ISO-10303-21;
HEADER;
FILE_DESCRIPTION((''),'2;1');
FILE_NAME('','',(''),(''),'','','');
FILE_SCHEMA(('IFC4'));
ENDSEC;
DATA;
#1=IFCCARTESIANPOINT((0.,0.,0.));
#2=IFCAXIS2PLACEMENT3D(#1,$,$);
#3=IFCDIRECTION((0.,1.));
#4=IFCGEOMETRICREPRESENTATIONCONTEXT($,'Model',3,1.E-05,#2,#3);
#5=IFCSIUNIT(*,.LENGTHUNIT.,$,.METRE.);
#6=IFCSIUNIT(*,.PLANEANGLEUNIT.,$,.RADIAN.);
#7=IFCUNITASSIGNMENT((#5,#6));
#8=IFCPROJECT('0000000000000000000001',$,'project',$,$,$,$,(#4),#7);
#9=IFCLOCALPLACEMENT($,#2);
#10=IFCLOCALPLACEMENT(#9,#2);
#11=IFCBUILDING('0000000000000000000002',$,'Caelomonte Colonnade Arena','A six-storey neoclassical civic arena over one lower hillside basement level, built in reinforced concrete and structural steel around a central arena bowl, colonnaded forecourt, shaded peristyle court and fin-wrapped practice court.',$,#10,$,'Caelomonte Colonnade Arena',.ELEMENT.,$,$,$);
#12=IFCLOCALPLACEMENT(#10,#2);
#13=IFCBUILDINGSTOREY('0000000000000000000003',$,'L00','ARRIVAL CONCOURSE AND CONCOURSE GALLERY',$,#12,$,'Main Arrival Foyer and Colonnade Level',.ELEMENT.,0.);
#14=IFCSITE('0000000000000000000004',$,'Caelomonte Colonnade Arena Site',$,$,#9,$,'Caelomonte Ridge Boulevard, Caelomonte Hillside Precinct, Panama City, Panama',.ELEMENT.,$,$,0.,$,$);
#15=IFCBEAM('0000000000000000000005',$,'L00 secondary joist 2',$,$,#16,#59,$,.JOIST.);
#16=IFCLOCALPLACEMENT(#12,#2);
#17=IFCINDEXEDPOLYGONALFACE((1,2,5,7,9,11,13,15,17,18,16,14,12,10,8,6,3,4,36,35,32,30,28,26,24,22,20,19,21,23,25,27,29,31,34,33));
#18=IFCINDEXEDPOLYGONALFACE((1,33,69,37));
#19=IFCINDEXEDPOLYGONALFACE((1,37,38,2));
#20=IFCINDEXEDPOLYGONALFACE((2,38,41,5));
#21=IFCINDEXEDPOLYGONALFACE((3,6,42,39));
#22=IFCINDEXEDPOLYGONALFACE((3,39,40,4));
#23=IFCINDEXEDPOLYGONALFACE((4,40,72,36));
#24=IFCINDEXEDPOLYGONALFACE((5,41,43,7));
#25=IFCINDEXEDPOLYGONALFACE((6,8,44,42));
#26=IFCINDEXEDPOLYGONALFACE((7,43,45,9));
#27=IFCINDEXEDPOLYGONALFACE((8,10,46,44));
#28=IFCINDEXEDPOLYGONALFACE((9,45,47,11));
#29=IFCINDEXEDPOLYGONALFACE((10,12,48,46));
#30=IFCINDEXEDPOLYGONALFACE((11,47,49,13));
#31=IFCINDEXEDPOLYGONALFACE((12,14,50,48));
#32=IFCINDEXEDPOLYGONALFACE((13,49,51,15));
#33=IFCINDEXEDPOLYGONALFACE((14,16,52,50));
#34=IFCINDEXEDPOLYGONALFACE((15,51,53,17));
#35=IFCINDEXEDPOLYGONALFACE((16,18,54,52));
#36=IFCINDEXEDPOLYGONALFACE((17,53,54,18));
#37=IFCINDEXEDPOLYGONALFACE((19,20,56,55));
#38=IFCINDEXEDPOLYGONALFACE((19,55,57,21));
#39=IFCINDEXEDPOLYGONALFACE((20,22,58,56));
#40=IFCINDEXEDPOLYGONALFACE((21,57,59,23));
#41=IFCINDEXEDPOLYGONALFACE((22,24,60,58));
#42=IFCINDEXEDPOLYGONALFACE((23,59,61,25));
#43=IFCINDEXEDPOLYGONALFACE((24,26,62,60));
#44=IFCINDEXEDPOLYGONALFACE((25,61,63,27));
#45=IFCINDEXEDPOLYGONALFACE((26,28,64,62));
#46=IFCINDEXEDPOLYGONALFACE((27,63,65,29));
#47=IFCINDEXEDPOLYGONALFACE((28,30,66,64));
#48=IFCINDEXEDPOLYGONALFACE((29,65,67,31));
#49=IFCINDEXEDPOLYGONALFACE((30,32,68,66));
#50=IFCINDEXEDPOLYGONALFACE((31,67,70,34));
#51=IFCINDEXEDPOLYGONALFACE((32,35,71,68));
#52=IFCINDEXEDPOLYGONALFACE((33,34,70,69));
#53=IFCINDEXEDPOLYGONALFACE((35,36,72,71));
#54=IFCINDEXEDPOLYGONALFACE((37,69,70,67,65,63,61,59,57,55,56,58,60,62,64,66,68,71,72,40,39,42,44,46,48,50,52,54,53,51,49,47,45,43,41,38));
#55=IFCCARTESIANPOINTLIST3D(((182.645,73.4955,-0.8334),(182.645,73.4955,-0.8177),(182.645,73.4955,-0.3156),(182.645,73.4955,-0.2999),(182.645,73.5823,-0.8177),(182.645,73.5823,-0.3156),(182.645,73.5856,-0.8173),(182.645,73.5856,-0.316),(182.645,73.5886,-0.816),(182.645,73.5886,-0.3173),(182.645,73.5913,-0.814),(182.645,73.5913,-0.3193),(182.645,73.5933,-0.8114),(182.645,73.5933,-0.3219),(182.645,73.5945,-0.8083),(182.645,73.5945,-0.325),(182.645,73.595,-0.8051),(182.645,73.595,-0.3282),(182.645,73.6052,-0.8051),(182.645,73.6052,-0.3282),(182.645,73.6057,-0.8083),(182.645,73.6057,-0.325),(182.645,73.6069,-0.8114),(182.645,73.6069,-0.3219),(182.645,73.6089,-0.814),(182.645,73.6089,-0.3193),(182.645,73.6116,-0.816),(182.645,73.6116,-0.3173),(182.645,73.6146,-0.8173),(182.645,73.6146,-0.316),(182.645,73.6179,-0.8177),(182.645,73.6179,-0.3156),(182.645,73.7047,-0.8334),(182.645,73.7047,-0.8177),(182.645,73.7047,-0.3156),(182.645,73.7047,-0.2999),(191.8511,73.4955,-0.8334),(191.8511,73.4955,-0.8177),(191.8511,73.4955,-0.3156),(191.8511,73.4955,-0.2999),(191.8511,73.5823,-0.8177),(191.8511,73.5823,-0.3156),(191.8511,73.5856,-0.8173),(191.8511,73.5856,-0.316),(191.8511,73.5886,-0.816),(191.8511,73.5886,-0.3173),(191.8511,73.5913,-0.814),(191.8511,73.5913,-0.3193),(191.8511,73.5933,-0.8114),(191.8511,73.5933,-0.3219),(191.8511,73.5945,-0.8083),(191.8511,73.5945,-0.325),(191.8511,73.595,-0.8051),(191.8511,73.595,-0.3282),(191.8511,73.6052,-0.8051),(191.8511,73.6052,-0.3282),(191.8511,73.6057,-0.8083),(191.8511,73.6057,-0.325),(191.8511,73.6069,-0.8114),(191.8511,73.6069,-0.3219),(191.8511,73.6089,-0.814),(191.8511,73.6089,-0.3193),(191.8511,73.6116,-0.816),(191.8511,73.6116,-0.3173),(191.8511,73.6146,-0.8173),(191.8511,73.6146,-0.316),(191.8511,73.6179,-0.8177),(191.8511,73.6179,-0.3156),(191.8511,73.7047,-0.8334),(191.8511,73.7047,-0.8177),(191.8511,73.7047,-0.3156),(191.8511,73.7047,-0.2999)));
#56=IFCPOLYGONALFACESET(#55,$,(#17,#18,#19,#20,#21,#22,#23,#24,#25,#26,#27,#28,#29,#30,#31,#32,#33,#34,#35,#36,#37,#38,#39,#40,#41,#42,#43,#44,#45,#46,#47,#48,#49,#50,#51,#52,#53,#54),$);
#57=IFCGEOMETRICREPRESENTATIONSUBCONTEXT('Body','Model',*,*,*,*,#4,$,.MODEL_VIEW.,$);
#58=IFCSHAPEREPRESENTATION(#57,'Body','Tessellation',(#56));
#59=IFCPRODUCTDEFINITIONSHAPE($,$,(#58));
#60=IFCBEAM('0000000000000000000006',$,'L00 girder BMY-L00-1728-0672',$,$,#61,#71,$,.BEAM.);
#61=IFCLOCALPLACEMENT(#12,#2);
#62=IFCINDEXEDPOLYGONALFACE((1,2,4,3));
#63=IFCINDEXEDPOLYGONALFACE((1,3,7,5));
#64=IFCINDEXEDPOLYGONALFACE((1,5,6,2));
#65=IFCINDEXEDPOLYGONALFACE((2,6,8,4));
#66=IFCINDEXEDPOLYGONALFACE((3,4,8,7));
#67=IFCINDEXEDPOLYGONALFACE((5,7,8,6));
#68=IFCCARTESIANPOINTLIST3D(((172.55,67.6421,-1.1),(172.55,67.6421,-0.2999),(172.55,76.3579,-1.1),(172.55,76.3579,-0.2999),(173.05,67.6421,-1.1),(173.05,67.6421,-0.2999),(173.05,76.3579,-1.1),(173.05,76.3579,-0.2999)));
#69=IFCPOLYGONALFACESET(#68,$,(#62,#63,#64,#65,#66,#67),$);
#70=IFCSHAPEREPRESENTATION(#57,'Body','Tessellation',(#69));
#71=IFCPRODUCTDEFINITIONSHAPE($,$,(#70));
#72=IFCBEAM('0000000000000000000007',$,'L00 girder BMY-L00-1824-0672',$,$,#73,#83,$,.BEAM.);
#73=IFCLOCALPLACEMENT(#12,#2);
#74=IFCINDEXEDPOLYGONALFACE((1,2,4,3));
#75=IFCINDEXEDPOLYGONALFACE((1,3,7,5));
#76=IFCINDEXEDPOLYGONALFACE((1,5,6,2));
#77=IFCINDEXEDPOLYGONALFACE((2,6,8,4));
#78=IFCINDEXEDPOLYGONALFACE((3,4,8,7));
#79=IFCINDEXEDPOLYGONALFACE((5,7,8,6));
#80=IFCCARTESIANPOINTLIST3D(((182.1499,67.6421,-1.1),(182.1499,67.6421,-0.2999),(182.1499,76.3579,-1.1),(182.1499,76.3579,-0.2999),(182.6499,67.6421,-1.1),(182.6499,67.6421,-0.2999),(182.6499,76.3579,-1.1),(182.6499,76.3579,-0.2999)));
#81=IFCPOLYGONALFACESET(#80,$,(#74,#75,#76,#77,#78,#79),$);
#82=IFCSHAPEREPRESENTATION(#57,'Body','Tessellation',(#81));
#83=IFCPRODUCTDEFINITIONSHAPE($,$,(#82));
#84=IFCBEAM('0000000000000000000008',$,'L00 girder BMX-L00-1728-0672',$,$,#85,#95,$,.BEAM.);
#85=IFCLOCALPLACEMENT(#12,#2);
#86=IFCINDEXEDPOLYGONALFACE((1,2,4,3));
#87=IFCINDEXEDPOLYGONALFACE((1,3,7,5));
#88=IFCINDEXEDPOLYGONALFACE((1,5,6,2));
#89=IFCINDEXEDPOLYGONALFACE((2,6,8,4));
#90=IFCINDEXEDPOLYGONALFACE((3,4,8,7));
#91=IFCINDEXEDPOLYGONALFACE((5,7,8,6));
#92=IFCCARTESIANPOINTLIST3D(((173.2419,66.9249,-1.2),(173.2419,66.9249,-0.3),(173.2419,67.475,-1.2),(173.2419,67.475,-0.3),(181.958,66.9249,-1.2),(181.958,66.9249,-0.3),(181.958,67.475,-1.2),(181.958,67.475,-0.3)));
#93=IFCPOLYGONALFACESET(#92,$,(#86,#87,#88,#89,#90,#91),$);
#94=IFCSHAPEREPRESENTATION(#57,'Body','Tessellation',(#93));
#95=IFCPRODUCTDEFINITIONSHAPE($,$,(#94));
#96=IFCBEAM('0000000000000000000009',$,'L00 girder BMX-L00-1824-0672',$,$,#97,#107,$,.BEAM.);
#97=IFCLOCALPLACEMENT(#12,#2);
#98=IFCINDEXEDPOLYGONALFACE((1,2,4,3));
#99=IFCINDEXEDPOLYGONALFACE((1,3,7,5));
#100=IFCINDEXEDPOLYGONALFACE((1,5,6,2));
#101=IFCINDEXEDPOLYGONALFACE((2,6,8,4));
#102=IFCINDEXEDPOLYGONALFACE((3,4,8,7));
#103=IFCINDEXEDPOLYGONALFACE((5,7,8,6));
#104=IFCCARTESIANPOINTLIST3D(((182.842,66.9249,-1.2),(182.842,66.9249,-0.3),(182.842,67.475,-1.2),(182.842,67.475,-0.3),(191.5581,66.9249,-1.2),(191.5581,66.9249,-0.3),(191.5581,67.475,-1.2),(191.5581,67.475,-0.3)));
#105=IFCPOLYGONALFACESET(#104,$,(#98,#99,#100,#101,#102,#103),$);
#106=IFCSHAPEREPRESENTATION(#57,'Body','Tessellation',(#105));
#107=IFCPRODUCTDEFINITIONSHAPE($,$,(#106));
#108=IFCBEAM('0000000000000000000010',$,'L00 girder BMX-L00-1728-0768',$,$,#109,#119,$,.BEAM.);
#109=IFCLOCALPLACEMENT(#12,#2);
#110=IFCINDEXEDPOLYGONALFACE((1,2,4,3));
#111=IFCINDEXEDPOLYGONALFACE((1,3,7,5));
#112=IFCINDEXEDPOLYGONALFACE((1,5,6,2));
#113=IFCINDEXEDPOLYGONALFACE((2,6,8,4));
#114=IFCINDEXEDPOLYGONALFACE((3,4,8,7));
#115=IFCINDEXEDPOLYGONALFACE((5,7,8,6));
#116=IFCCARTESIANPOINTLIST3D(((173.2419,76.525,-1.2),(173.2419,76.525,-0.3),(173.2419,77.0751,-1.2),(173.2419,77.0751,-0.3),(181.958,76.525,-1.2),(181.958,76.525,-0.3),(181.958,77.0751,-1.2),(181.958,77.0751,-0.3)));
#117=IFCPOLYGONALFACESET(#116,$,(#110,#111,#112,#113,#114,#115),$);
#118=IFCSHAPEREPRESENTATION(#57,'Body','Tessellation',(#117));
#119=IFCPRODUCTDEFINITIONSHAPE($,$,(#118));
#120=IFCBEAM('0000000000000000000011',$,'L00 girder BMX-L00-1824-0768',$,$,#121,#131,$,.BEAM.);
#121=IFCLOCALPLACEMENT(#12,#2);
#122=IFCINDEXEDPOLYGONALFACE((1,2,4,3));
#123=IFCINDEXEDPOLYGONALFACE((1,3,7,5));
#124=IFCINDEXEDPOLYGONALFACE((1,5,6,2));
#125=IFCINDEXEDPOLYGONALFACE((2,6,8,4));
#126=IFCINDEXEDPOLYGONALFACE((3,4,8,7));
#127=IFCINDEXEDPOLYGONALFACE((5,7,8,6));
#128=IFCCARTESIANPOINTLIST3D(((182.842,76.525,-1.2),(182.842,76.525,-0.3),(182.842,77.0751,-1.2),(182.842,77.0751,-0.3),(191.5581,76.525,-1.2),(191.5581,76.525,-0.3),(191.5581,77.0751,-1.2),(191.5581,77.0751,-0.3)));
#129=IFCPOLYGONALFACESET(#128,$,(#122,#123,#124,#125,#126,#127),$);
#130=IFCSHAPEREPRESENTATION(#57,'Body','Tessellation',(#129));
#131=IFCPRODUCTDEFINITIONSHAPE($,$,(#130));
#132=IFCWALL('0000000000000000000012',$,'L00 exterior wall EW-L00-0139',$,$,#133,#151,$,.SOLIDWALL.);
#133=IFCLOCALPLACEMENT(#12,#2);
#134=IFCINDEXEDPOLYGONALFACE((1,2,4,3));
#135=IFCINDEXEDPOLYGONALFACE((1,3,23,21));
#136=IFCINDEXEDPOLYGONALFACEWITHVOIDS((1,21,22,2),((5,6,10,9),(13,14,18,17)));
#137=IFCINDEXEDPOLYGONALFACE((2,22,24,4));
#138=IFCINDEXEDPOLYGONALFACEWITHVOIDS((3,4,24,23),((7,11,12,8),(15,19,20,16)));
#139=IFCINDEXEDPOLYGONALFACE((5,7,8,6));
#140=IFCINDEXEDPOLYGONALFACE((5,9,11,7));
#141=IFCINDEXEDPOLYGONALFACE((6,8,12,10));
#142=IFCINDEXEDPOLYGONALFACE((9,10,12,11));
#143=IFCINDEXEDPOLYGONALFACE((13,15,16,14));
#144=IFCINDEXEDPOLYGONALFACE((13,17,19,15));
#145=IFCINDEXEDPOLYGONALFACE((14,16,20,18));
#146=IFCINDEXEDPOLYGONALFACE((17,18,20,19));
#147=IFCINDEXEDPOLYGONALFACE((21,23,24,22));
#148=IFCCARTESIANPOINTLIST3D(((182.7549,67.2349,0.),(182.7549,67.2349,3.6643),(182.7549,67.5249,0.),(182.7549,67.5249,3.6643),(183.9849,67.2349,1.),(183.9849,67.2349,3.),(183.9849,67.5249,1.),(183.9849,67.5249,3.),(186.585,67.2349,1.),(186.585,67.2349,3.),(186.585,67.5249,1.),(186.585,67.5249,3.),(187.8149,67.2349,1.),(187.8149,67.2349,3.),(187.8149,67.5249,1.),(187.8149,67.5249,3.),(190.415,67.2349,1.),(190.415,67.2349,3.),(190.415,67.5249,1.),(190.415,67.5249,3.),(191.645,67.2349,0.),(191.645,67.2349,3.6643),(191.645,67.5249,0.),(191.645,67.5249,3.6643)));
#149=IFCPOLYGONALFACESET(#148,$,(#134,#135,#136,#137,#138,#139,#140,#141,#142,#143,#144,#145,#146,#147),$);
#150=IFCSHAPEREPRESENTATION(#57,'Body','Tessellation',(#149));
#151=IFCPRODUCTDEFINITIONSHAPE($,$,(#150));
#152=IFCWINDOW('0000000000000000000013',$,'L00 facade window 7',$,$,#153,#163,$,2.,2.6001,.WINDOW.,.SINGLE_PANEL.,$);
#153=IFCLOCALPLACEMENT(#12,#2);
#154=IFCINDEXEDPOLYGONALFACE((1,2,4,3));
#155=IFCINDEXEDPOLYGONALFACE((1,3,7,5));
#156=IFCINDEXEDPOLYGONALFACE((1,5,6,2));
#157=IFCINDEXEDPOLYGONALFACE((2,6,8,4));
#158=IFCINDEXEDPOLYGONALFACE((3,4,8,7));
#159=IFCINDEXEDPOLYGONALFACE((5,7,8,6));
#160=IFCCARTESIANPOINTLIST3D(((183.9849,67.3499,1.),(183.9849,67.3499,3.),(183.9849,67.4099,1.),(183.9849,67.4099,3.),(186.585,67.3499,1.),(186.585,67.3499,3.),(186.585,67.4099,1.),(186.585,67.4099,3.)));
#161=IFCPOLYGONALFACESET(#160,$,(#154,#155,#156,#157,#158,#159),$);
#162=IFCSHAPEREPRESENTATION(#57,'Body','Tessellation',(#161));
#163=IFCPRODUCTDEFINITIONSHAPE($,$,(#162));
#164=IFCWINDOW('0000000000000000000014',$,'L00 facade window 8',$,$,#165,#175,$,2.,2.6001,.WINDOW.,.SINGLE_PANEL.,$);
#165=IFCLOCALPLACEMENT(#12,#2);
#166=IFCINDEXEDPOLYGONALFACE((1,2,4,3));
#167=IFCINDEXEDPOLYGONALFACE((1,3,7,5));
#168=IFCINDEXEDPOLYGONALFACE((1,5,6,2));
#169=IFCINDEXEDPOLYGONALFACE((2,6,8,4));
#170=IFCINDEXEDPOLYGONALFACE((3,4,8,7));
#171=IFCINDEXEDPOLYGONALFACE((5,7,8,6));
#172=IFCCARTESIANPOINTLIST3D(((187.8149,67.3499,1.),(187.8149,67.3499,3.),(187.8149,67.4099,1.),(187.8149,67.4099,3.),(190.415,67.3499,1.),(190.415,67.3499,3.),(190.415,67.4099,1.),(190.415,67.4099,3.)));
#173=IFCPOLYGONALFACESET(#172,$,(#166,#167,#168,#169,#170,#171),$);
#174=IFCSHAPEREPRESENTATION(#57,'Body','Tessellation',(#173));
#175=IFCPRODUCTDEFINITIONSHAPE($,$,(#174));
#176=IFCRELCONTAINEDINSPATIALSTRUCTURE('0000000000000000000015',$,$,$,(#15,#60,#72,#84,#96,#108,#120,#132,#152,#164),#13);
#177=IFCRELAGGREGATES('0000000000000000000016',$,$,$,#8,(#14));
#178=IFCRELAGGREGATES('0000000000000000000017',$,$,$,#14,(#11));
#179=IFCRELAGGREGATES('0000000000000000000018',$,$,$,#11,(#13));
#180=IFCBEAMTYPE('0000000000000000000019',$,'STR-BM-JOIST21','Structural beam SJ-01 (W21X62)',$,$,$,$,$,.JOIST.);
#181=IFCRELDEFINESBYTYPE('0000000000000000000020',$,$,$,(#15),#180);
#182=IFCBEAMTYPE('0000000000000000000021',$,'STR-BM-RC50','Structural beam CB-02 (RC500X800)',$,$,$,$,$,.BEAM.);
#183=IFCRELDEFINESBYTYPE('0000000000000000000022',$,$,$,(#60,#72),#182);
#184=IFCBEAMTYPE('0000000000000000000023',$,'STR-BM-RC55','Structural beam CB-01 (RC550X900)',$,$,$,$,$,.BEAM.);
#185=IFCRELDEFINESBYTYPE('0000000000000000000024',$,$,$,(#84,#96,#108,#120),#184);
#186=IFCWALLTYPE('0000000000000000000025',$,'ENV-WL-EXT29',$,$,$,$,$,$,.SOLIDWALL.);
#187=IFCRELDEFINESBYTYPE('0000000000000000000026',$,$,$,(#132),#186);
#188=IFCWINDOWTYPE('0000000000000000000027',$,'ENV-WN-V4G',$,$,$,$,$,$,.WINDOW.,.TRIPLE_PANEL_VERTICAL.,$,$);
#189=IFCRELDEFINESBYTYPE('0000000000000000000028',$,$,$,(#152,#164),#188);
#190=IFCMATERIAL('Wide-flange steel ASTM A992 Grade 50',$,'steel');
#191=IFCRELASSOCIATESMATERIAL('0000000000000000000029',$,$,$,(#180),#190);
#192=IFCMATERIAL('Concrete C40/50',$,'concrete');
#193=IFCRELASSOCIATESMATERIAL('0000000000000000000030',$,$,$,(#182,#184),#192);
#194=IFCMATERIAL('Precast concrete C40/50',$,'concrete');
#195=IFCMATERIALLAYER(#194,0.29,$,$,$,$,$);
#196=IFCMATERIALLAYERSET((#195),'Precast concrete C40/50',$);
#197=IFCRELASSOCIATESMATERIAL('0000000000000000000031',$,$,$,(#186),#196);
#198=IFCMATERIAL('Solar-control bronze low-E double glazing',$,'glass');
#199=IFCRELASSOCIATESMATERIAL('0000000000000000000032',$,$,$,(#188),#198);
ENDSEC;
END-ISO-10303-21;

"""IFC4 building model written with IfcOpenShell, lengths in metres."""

from ifc_helpers import new_model, si_unit, direction, frame, frame_2d, origin, origin_2d, place, context, subcontext, project, spatial, rectangle, i_section, extrude, material, layer, layer_set, material_profile, profile_set, type_object, element, fill, save


model = new_model("IFC4")

# Units and contexts
model_context = context("Model", 3, precision=1e-05, world=origin(), true_north=direction((0.0, 1.0)))
body_context = subcontext(model_context, "Body", "Model", "MODEL_VIEW")
ifc_project = project(units=[si_unit("LENGTHUNIT", "METRE"), si_unit("PLANEANGLEUNIT", "RADIAN")], contexts=[model_context])

# Site, building, storey
site_placement = place(None, origin())
site = spatial("IfcSite", under=ifc_project, at=site_placement, Name="Caelomonte Colonnade Arena Site", LongName="Caelomonte Ridge Boulevard, Caelomonte Hillside Precinct, Panama City, Panama", CompositionType="ELEMENT", RefElevation=0.0)
building_placement = place(site_placement, origin())
building = spatial("IfcBuilding", under=site, at=building_placement, Name="Caelomonte Colonnade Arena", Description="A six-storey neoclassical civic arena over one lower hillside basement level, built in reinforced concrete and structural steel around a central arena bowl, colonnaded forecourt, shaded peristyle court and fin-wrapped practice court.", LongName="Caelomonte Colonnade Arena", CompositionType="ELEMENT")
storey_placement = place(building_placement, origin())
storey = spatial("IfcBuildingStorey", under=building, at=storey_placement, Name="L00", Description="ARRIVAL CONCOURSE AND CONCOURSE GALLERY", LongName="Main Arrival Foyer and Colonnade Level", CompositionType="ELEMENT", Elevation=0.0)

# Shared definitions
ifc_material_1 = material(Name="Concrete C40/50", Category="concrete")
ifc_material_2 = material(Name="Wide-flange steel ASTM A992 Grade 50", Category="steel")

# Beams
ifc_material_profile_1 = material_profile(ifc_material_2, i_section(OverallWidth=0.2092, OverallDepth=0.5334, WebThickness=0.0103, FlangeThickness=0.0156, FilletRadius=0.0127, at=origin_2d()), Name="W21X62")
ifc_profile_set_1 = profile_set([ifc_material_profile_1], Name="Wide-flange steel ASTM A992 Grade 50")
beam_type_1 = type_object("IfcBeamType", Name="STR-BM-JOIST21", Description="Structural beam SJ-01 (W21X62)", PredefinedType="JOIST", material=ifc_profile_set_1)
for number, where, z_axis, x_axis, name in (
    (1, (182.645, 73.6001, -0.5667), (1.0, 0.0, 0.0), (0.0, 1.0, 0.0), "L00 secondary joist 2"),
):
    element("IfcBeam", number, at=place(storey_placement, frame(where, z_axis=z_axis, x_axis=x_axis)), inside=storey, type_object=beam_type_1, Name=name, PredefinedType="JOIST", context=body_context, shape_type="SweptSolid", body=[
        extrude(i_section(OverallWidth=0.2092, OverallDepth=0.5334, WebThickness=0.0103, FlangeThickness=0.0156, FilletRadius=0.0127, at=origin_2d()), origin(), (0.0, 0.0, 1.0), 9.2061),
    ])
ifc_material_profile_2 = material_profile(ifc_material_1, rectangle(XDim=0.5, YDim=0.8, at=origin_2d()), Name="RC500X800")
ifc_profile_set_2 = profile_set([ifc_material_profile_2], Name="Concrete C40/50")
beam_type_2 = type_object("IfcBeamType", Name="STR-BM-RC50", Description="Structural beam CB-02 (RC500X800)", PredefinedType="BEAM", material=ifc_profile_set_2)
for number, where, z_axis, x_axis, name in (
    (2, (172.8, 67.6421, -0.7), (0.0, 1.0, 0.0), (-1.0, 0.0, 0.0), "L00 girder BMY-L00-1728-0672"),
    (3, (182.3999, 67.6421, -0.7), (0.0, 1.0, 0.0), (-1.0, 0.0, 0.0), "L00 girder BMY-L00-1824-0672"),
):
    element("IfcBeam", number, at=place(storey_placement, frame(where, z_axis=z_axis, x_axis=x_axis)), inside=storey, type_object=beam_type_2, Name=name, PredefinedType="BEAM", context=body_context, shape_type="SweptSolid", body=[
        extrude(rectangle(XDim=0.5, YDim=0.8, at=origin_2d()), origin(), (0.0, 0.0, 1.0), 8.7158),
    ])
ifc_material_profile_3 = material_profile(ifc_material_1, rectangle(XDim=0.55, YDim=0.8999, at=origin_2d()), Name="RC550X900")
ifc_profile_set_3 = profile_set([ifc_material_profile_3], Name="Concrete C40/50")
beam_type_3 = type_object("IfcBeamType", Name="STR-BM-RC55", Description="Structural beam CB-01 (RC550X900)", PredefinedType="BEAM", material=ifc_profile_set_3)
for number, where, z_axis, x_axis, name in (
    (4, (173.2419, 67.2, -0.75), (1.0, 0.0, 0.0), (0.0, 1.0, 0.0), "L00 girder BMX-L00-1728-0672"),
    (5, (182.842, 67.2, -0.75), (1.0, 0.0, 0.0), (0.0, 1.0, 0.0), "L00 girder BMX-L00-1824-0672"),
    (6, (173.2419, 76.8, -0.75), (1.0, 0.0, 0.0), (0.0, 1.0, 0.0), "L00 girder BMX-L00-1728-0768"),
    (7, (182.842, 76.8, -0.75), (1.0, 0.0, 0.0), (0.0, 1.0, 0.0), "L00 girder BMX-L00-1824-0768"),
):
    element("IfcBeam", number, at=place(storey_placement, frame(where, z_axis=z_axis, x_axis=x_axis)), inside=storey, type_object=beam_type_3, Name=name, PredefinedType="BEAM", context=body_context, shape_type="SweptSolid", body=[
        extrude(rectangle(XDim=0.55, YDim=0.8999, at=origin_2d()), origin(), (0.0, 0.0, 1.0), 8.7161),
    ])

# Wall, openings, windows
ifc_material_3 = material(Name="Precast concrete C40/50", Category="concrete")
ifc_layer = layer(ifc_material_3, 0.29)
ifc_layer_set = layer_set([ifc_layer], Name="Precast concrete C40/50")
wall_type = type_object("IfcWallType", Name="ENV-WL-EXT29", PredefinedType="SOLIDWALL", material=ifc_layer_set)
wall_1_placement = place(storey_placement, frame((182.7549, 67.3799, 0.0), z_axis=(0.0, 0.0, 1.0), x_axis=(1.0, 0.0, 0.0)))
wall_1 = element("IfcWall", 8, at=wall_1_placement, inside=storey, type_object=wall_type, Name="L00 exterior wall EW-L00-0139", PredefinedType="SOLIDWALL", context=body_context, shape_type="SweptSolid", body=[
    extrude(rectangle(XDim=8.8901, YDim=0.29, at=frame_2d((4.4451, 0.0))), origin(), (0.0, 0.0, 1.0), 3.6643),
])
opening_1_placement = place(wall_1_placement, frame((3.8301, 0.0, 1.0), z_axis=(0.0, 0.0, 1.0), x_axis=(-1.0, 0.0, 0.0)))
opening_1 = element("IfcOpeningElement", 9, at=opening_1_placement, cuts=wall_1, PredefinedType="OPENING", context=body_context, shape_type="SweptSolid", body=[
    extrude(rectangle(XDim=2.6001, YDim=2.0, at=frame_2d((1.3, 1.0))), frame((0.0, 0.155, 0.0), z_axis=(0.0, -1.0, 0.0), x_axis=(1.0, 0.0, 0.0)), (0.0, 0.0, 1.0), 0.3101),
])
opening_2_placement = place(wall_1_placement, frame((7.6602, 0.0, 1.0), z_axis=(0.0, 0.0, 1.0), x_axis=(-1.0, 0.0, 0.0)))
opening_2 = element("IfcOpeningElement", 10, at=opening_2_placement, cuts=wall_1, PredefinedType="OPENING", context=body_context, shape_type="SweptSolid", body=[
    extrude(rectangle(XDim=2.6001, YDim=2.0, at=frame_2d((1.3, 1.0))), frame((0.0, 0.155, 0.0), z_axis=(0.0, -1.0, 0.0), x_axis=(1.0, 0.0, 0.0)), (0.0, 0.0, 1.0), 0.3101),
])
ifc_material_4 = material(Name="Solar-control bronze low-E double glazing", Category="glass")
window_type = type_object("IfcWindowType", Name="ENV-WN-V4G", PartitioningType="TRIPLE_PANEL_VERTICAL", PredefinedType="WINDOW", material=ifc_material_4)
window_1_placement = place(opening_1_placement, origin())
window_1 = element("IfcWindow", 11, at=window_1_placement, inside=storey, type_object=window_type, Name="L00 facade window 7", OverallHeight=2.0, OverallWidth=2.6001, PartitioningType="SINGLE_PANEL", PredefinedType="WINDOW", context=body_context, shape_type="SweptSolid", body=[
    extrude(rectangle(XDim=2.6001, YDim=2.0, at=frame_2d((1.3, 1.0))), frame((0.0, 0.03, 0.0), z_axis=(0.0, -1.0, 0.0), x_axis=(1.0, 0.0, 0.0)), (0.0, 0.0, 1.0), 0.0601),
])
fill(opening_1, window_1)
window_2_placement = place(opening_2_placement, origin())
window_2 = element("IfcWindow", 12, at=window_2_placement, inside=storey, type_object=window_type, Name="L00 facade window 8", OverallHeight=2.0, OverallWidth=2.6001, PartitioningType="SINGLE_PANEL", PredefinedType="WINDOW", context=body_context, shape_type="SweptSolid", body=[
    extrude(rectangle(XDim=2.6001, YDim=2.0, at=frame_2d((1.3, 1.0))), frame((0.0, 0.03, 0.0), z_axis=(0.0, -1.0, 0.0), x_axis=(1.0, 0.0, 0.0)), (0.0, 0.0, 1.0), 0.0601),
])
fill(opening_2, window_2)

save(model, "model.ifc")
